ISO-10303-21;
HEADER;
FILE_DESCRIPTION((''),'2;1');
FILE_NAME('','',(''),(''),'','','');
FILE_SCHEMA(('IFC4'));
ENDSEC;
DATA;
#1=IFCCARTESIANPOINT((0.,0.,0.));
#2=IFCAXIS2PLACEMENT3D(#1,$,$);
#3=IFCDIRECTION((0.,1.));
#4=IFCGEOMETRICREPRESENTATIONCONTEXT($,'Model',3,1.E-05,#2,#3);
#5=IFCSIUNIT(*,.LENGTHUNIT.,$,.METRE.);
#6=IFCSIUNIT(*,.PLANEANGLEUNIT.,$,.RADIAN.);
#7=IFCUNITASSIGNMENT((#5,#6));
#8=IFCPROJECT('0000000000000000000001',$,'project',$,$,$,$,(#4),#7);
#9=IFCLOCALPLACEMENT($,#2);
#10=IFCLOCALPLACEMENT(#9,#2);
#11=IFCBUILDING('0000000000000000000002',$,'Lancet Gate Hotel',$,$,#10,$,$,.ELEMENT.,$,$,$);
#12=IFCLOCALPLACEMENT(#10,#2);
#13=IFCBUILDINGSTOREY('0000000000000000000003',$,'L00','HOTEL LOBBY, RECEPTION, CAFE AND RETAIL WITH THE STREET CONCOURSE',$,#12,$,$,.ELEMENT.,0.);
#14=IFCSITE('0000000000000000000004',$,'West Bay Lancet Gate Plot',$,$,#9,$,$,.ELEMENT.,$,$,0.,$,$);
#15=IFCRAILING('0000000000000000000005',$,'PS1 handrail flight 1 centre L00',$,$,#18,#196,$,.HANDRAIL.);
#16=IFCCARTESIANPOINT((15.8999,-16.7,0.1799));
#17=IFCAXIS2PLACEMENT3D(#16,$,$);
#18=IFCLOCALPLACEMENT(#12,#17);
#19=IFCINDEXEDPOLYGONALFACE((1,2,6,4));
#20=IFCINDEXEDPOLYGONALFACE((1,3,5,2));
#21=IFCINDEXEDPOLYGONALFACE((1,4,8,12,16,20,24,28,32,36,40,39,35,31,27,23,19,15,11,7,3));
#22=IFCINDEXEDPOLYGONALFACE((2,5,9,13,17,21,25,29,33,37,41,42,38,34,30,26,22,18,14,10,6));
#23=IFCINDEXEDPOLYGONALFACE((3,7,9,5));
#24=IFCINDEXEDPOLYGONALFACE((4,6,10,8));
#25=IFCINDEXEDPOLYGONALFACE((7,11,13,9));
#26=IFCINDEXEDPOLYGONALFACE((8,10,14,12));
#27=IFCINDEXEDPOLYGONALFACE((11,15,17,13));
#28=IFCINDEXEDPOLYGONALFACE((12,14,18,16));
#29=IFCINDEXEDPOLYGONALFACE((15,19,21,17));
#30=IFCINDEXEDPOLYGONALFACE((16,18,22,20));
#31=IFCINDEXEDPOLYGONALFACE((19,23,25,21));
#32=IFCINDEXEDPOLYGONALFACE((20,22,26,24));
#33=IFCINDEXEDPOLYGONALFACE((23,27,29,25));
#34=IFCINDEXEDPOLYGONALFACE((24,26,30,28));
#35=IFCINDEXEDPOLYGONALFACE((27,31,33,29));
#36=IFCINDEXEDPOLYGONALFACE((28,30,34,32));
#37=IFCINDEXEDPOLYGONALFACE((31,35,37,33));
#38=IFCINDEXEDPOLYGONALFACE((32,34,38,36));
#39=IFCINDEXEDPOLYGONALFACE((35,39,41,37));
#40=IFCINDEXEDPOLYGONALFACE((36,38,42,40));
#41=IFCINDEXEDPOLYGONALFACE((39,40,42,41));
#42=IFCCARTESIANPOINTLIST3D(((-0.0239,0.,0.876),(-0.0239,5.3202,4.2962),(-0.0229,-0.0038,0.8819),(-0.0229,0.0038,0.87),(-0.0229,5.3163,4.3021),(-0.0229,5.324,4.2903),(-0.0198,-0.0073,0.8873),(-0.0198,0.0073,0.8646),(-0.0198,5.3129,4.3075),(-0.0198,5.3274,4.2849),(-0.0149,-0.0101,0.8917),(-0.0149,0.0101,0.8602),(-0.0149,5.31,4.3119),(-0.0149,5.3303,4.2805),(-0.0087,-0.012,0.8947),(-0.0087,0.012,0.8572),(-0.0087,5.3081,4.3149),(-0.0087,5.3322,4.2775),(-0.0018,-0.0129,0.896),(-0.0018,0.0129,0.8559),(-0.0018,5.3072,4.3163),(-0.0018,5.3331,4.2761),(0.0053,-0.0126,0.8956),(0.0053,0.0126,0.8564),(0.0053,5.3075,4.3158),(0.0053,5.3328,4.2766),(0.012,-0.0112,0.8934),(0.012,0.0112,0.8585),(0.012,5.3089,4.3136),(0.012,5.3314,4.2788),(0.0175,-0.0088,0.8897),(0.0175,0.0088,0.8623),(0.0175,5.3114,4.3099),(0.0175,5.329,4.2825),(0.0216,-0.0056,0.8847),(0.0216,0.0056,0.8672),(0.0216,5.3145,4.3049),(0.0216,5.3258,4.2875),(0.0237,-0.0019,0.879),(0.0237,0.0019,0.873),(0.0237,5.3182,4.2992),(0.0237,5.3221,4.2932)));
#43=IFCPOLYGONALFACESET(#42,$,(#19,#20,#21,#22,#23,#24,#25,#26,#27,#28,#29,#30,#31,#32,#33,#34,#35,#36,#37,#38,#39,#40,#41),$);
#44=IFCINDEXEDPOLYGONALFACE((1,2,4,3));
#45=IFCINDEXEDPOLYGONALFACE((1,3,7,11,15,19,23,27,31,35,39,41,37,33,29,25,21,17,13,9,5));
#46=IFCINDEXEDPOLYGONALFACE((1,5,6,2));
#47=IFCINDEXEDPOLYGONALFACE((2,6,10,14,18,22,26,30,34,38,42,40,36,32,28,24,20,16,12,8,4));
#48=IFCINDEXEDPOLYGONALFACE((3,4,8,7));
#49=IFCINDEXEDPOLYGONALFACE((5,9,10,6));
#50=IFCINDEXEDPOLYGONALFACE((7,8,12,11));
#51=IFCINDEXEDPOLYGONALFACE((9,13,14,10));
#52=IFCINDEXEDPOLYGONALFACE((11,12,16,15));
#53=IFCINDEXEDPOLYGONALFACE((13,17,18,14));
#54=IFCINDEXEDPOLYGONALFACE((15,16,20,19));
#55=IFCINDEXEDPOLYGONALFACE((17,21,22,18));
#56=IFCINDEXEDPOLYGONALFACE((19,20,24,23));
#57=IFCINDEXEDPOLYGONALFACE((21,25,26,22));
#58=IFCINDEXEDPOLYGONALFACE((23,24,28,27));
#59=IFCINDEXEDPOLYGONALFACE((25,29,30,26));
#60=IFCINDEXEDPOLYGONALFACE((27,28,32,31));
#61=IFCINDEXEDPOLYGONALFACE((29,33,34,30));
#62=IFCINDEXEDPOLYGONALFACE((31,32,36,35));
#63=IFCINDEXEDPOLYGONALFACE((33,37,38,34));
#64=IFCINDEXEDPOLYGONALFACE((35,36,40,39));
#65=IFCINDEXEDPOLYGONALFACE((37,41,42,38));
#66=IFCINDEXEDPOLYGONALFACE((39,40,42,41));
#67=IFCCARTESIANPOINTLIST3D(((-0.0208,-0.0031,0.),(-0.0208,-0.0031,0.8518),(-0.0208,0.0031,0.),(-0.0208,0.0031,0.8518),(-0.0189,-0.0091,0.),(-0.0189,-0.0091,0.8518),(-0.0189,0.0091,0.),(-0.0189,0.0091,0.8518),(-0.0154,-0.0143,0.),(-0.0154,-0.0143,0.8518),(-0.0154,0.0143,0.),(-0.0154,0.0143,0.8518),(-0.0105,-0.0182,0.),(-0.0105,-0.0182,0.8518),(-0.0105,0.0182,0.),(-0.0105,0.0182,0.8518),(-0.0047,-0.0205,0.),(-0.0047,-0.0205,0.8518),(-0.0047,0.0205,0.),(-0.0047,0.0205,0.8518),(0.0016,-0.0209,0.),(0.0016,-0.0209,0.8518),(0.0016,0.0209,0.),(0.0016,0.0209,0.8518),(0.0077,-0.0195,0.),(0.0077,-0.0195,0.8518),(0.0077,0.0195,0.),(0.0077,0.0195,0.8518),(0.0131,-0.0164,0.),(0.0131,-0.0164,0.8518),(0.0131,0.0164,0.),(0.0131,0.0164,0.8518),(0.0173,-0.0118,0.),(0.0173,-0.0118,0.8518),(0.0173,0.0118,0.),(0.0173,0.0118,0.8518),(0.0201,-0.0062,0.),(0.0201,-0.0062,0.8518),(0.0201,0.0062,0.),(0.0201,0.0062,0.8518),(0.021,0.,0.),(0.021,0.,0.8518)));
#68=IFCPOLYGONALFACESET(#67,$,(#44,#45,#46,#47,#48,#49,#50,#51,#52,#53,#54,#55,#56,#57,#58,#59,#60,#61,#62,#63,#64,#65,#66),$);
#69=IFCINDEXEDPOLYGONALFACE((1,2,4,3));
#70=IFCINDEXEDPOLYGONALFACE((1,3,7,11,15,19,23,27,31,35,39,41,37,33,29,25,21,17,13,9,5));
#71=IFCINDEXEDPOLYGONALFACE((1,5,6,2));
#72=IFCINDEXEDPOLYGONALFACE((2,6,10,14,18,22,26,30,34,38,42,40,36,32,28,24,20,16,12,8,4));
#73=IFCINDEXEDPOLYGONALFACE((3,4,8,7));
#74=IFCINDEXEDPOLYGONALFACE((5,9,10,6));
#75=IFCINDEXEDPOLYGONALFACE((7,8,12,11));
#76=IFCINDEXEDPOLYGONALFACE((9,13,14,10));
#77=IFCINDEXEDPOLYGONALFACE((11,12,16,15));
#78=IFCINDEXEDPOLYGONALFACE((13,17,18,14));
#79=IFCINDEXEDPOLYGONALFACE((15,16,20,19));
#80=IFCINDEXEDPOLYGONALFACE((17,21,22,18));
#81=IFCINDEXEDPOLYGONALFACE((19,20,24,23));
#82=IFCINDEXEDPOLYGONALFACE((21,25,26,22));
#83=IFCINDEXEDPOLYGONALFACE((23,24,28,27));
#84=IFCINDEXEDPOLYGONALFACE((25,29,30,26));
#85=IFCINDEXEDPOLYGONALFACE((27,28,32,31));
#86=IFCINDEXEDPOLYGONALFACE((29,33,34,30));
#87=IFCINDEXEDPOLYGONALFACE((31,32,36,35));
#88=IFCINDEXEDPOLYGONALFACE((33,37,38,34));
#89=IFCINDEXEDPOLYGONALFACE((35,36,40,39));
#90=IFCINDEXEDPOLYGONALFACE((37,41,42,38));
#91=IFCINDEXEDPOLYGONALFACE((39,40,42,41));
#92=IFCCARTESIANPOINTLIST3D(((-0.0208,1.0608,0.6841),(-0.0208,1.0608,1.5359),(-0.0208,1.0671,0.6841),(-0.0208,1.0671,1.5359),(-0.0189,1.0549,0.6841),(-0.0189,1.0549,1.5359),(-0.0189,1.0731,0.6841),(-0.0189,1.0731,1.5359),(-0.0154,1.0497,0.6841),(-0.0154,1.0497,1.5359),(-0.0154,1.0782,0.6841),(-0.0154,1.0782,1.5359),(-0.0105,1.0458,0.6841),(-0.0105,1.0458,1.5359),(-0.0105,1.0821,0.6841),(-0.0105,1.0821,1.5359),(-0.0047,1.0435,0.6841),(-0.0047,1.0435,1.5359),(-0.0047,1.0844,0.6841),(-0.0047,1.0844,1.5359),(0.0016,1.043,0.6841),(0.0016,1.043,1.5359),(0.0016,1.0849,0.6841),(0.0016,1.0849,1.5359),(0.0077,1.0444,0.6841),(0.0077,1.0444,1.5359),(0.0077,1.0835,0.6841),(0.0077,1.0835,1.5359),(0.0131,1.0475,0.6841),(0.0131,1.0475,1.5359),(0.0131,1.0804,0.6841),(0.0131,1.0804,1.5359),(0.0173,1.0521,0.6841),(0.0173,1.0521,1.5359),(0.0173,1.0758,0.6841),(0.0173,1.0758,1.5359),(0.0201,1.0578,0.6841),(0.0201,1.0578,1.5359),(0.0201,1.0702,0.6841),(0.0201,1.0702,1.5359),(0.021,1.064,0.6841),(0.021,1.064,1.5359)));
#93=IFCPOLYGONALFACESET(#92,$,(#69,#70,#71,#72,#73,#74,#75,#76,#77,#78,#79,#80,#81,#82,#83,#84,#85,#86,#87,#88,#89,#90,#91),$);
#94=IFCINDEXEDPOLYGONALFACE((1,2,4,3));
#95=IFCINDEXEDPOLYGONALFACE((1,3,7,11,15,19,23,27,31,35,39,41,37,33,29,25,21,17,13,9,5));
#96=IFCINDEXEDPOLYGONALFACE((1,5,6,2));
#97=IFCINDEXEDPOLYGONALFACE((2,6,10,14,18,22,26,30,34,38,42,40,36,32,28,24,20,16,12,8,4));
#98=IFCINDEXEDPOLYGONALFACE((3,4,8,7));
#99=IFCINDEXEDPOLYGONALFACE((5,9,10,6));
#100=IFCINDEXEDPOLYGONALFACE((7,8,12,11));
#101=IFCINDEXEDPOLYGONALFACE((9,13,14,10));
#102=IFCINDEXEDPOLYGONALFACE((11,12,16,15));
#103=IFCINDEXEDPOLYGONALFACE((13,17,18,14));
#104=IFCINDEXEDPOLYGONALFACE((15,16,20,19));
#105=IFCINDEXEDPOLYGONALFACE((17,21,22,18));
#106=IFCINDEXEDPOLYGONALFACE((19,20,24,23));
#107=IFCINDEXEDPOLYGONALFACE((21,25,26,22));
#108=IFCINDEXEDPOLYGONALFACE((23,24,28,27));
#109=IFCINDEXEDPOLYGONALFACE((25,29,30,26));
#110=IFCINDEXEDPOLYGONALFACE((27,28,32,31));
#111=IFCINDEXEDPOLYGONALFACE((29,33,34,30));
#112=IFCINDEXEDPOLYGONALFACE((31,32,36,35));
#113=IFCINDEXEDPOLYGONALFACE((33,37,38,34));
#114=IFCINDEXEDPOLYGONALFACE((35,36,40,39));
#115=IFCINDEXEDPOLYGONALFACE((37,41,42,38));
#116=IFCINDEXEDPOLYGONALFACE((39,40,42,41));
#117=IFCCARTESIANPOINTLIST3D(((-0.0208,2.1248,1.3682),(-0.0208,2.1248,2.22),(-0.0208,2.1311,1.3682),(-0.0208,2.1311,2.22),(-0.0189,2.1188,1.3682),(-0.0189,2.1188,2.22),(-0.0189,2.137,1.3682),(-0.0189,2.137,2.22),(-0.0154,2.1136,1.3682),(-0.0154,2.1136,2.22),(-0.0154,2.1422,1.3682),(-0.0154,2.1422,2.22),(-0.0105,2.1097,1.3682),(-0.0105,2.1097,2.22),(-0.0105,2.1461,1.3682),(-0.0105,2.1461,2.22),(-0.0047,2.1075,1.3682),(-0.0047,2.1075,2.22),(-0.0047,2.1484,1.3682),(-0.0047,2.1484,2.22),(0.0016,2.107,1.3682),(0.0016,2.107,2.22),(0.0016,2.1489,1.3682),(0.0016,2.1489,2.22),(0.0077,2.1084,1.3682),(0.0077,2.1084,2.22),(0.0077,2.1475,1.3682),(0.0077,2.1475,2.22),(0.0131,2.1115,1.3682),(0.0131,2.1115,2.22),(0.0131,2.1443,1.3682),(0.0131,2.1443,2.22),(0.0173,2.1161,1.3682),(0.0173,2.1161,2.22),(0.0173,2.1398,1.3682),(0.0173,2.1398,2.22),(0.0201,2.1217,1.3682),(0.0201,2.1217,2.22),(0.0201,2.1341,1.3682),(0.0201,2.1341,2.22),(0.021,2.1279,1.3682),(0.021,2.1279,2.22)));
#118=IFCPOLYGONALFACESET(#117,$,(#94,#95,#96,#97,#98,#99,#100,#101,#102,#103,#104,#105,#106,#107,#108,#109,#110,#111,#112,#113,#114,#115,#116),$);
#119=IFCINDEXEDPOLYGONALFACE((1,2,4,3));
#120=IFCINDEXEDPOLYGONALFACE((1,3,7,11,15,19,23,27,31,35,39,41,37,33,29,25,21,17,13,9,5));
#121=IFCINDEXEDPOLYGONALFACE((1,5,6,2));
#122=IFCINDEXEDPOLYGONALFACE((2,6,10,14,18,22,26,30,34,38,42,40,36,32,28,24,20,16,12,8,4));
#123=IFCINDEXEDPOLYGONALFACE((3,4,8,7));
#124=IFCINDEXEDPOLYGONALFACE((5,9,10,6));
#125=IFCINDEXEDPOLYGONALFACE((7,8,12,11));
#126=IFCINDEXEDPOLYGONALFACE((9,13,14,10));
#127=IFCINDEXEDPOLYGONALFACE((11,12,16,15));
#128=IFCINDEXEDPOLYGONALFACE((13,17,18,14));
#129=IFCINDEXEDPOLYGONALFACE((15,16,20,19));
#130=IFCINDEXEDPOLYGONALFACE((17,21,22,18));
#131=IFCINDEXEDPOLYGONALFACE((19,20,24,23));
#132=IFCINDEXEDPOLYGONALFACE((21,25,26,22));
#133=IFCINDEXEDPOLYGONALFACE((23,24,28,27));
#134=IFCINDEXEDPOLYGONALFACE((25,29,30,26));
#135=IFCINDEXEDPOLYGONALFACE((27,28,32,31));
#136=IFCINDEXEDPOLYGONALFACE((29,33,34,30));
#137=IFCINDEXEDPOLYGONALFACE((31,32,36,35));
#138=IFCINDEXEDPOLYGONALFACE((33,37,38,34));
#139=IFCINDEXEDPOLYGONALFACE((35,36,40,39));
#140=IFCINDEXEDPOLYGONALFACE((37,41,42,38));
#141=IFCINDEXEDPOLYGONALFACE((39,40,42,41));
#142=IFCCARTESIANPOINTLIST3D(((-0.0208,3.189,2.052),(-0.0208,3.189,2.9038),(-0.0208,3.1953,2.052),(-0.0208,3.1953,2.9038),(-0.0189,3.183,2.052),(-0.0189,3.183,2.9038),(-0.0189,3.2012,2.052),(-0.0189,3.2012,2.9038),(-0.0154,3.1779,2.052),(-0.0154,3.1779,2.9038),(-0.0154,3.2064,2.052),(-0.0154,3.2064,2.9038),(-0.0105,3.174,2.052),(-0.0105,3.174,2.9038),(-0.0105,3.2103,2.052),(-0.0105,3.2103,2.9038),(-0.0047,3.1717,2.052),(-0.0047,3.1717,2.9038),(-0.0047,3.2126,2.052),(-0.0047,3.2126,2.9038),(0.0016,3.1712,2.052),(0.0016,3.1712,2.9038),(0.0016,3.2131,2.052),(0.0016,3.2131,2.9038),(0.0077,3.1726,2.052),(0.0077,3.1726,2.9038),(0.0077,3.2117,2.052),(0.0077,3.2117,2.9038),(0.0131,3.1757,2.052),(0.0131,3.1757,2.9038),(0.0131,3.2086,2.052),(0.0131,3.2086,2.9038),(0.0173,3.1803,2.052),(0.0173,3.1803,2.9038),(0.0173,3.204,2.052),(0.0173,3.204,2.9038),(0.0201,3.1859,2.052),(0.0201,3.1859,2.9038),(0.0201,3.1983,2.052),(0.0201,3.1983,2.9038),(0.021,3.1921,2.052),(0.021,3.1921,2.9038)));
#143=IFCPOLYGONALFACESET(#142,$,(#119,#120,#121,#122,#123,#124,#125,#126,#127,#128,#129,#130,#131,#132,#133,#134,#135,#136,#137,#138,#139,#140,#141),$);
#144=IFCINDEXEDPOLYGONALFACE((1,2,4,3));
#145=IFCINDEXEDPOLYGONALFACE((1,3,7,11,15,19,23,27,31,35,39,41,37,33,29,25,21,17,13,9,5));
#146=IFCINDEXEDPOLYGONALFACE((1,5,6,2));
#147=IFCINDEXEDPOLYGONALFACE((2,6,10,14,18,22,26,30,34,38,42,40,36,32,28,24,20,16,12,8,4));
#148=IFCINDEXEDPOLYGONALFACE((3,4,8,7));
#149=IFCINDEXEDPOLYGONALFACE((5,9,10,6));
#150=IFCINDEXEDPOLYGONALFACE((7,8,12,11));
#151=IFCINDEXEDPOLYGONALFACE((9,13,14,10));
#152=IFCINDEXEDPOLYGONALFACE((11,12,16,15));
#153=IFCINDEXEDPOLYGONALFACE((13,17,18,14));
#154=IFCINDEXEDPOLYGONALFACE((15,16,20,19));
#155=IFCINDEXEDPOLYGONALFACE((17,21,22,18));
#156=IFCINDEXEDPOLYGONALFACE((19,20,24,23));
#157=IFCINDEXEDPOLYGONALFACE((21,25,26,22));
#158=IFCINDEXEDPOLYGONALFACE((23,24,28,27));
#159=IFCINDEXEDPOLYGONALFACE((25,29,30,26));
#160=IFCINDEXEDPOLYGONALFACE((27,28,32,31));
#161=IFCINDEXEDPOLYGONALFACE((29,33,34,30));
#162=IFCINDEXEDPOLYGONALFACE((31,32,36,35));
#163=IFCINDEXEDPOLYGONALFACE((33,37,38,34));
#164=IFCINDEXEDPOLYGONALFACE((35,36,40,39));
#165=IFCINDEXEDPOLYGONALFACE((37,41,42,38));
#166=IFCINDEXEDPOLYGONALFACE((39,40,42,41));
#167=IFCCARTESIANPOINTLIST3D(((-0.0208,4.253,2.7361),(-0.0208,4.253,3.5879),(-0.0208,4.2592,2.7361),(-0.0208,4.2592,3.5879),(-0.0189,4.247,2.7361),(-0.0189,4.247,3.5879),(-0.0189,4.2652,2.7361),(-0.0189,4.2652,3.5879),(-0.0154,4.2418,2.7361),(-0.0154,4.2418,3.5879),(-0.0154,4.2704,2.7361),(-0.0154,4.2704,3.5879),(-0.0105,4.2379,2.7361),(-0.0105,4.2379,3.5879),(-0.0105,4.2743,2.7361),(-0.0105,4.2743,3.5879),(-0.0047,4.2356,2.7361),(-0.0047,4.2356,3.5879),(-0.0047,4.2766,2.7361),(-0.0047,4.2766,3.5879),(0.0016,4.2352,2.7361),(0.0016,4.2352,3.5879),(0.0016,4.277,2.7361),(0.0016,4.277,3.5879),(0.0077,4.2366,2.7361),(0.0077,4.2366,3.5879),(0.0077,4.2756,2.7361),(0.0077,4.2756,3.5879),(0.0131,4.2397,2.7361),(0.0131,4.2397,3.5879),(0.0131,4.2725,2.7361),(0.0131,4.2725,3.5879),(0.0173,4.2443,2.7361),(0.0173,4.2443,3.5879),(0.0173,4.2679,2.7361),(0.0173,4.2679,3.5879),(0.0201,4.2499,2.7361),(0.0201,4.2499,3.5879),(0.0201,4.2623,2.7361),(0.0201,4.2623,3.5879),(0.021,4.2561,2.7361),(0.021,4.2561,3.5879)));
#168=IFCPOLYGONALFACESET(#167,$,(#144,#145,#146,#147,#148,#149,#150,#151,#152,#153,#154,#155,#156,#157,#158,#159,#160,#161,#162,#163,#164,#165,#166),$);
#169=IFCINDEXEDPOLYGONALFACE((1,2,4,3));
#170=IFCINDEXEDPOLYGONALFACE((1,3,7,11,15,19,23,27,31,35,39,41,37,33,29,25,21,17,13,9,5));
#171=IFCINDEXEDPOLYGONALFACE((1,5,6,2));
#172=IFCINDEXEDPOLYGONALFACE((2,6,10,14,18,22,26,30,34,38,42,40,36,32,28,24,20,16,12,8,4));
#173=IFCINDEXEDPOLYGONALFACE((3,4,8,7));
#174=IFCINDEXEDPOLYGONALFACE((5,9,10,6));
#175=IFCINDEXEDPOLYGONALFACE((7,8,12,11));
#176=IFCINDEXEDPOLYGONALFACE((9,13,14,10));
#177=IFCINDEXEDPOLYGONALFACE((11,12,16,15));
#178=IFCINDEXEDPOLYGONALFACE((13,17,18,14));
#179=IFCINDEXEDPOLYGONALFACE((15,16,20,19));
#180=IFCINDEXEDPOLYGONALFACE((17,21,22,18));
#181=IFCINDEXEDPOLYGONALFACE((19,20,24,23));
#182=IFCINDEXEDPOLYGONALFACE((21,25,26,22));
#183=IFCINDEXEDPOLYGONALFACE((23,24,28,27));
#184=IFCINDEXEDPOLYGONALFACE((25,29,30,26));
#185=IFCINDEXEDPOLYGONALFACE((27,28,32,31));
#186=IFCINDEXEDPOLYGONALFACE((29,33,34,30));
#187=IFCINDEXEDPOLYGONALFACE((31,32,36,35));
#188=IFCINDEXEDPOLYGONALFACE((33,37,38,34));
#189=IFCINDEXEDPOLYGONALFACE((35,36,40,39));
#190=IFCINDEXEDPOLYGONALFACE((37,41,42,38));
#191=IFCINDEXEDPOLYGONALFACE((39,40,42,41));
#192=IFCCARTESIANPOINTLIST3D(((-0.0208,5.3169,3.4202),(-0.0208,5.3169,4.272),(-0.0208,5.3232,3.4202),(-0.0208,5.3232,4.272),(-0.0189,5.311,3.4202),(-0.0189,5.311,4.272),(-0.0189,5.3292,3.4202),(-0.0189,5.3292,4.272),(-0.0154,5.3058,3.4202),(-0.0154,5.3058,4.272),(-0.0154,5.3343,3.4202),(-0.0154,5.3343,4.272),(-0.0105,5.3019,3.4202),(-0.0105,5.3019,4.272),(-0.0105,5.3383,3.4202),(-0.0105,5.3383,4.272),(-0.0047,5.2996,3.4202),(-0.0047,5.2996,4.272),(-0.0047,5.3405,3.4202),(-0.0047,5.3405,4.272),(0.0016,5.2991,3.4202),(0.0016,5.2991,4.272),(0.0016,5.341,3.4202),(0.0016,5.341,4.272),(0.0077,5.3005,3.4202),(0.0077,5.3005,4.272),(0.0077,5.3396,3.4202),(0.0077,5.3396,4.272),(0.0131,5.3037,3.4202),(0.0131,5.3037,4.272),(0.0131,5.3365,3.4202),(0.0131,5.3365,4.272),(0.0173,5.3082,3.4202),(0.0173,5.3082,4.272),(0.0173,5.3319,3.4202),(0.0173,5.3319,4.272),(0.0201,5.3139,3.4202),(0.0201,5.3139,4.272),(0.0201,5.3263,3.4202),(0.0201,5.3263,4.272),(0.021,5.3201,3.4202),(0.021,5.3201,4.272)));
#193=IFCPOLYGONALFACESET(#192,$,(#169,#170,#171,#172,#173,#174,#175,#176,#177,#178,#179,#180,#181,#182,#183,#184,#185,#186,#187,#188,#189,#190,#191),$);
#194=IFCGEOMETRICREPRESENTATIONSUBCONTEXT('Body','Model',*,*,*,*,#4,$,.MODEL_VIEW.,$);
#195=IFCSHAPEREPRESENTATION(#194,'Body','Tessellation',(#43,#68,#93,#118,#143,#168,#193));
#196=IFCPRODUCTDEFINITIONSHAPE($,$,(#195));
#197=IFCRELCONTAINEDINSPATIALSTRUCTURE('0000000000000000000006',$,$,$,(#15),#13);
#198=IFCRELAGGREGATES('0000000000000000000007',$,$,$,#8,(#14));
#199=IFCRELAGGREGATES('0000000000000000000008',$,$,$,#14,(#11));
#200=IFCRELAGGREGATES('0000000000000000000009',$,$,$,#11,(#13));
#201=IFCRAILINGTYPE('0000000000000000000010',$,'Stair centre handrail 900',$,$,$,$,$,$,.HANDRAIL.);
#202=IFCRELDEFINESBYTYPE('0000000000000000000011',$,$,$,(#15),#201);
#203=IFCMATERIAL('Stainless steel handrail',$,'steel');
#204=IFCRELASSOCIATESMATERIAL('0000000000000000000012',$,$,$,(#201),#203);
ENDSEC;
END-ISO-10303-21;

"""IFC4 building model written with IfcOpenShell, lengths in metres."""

from ifc_helpers import new_model, si_unit, direction, frame, origin, origin_2d, place, context, subcontext, project, spatial, circle, extrude, material, type_object, element, save


model = new_model("IFC4")

# Units and contexts
model_context = context("Model", 3, precision=1e-05, world=origin(), true_north=direction((0.0, 1.0)))
body_context = subcontext(model_context, "Body", "Model", "MODEL_VIEW")
ifc_project = project(units=[si_unit("LENGTHUNIT", "METRE"), si_unit("PLANEANGLEUNIT", "RADIAN")], contexts=[model_context])

# Site, building, storey
site_placement = place(None, origin())
site = spatial("IfcSite", under=ifc_project, at=site_placement, Name="West Bay Lancet Gate Plot", CompositionType="ELEMENT", RefElevation=0.0)
building_placement = place(site_placement, origin())
building = spatial("IfcBuilding", under=site, at=building_placement, Name="Lancet Gate Hotel", CompositionType="ELEMENT")
storey_placement = place(building_placement, origin())
storey = spatial("IfcBuildingStorey", under=building, at=storey_placement, Name="L00", Description="HOTEL LOBBY, RECEPTION, CAFE AND RETAIL WITH THE STREET CONCOURSE", CompositionType="ELEMENT", Elevation=0.0)

# Railing
ifc_material_1 = material(Name="Stainless steel handrail", Category="steel")
railing_type_1 = type_object("IfcRailingType", Name="Stair centre handrail 900", PredefinedType="HANDRAIL", material=ifc_material_1)
railing_1_placement = place(storey_placement, frame((15.8999, -16.7, 0.1799)))
element("IfcRailing", 1, at=railing_1_placement, inside=storey, type_object=railing_type_1, Name="PS1 handrail flight 1 centre L00", PredefinedType="HANDRAIL", context=body_context, shape_type="SweptSolid", body=[
    extrude(circle(Radius=0.0239, at=origin_2d()), frame((0.0, 0.0, 0.876), z_axis=(0.0, 0.84117, 0.540771), x_axis=(-1.0, 0.0, 0.0)), (0.0, 0.0, 1.0), 6.3247),
    extrude(circle(Radius=0.021, at=origin_2d()), origin(), (0.0, 0.0, 1.0), 0.8518),
    extrude(circle(Radius=0.021, at=origin_2d()), frame((0.0, 1.064, 0.6841)), (0.0, 0.0, 1.0), 0.8518),
    extrude(circle(Radius=0.021, at=origin_2d()), frame((0.0, 2.1279, 1.3682)), (0.0, 0.0, 1.0), 0.8518),
    extrude(circle(Radius=0.021, at=origin_2d()), frame((0.0, 3.1921, 2.052)), (0.0, 0.0, 1.0), 0.8518),
    extrude(circle(Radius=0.021, at=origin_2d()), frame((0.0, 4.2561, 2.7361)), (0.0, 0.0, 1.0), 0.8518),
    extrude(circle(Radius=0.021, at=origin_2d()), frame((0.0, 5.3201, 3.4202)), (0.0, 0.0, 1.0), 0.8518),
])

save(model, "model.ifc")
